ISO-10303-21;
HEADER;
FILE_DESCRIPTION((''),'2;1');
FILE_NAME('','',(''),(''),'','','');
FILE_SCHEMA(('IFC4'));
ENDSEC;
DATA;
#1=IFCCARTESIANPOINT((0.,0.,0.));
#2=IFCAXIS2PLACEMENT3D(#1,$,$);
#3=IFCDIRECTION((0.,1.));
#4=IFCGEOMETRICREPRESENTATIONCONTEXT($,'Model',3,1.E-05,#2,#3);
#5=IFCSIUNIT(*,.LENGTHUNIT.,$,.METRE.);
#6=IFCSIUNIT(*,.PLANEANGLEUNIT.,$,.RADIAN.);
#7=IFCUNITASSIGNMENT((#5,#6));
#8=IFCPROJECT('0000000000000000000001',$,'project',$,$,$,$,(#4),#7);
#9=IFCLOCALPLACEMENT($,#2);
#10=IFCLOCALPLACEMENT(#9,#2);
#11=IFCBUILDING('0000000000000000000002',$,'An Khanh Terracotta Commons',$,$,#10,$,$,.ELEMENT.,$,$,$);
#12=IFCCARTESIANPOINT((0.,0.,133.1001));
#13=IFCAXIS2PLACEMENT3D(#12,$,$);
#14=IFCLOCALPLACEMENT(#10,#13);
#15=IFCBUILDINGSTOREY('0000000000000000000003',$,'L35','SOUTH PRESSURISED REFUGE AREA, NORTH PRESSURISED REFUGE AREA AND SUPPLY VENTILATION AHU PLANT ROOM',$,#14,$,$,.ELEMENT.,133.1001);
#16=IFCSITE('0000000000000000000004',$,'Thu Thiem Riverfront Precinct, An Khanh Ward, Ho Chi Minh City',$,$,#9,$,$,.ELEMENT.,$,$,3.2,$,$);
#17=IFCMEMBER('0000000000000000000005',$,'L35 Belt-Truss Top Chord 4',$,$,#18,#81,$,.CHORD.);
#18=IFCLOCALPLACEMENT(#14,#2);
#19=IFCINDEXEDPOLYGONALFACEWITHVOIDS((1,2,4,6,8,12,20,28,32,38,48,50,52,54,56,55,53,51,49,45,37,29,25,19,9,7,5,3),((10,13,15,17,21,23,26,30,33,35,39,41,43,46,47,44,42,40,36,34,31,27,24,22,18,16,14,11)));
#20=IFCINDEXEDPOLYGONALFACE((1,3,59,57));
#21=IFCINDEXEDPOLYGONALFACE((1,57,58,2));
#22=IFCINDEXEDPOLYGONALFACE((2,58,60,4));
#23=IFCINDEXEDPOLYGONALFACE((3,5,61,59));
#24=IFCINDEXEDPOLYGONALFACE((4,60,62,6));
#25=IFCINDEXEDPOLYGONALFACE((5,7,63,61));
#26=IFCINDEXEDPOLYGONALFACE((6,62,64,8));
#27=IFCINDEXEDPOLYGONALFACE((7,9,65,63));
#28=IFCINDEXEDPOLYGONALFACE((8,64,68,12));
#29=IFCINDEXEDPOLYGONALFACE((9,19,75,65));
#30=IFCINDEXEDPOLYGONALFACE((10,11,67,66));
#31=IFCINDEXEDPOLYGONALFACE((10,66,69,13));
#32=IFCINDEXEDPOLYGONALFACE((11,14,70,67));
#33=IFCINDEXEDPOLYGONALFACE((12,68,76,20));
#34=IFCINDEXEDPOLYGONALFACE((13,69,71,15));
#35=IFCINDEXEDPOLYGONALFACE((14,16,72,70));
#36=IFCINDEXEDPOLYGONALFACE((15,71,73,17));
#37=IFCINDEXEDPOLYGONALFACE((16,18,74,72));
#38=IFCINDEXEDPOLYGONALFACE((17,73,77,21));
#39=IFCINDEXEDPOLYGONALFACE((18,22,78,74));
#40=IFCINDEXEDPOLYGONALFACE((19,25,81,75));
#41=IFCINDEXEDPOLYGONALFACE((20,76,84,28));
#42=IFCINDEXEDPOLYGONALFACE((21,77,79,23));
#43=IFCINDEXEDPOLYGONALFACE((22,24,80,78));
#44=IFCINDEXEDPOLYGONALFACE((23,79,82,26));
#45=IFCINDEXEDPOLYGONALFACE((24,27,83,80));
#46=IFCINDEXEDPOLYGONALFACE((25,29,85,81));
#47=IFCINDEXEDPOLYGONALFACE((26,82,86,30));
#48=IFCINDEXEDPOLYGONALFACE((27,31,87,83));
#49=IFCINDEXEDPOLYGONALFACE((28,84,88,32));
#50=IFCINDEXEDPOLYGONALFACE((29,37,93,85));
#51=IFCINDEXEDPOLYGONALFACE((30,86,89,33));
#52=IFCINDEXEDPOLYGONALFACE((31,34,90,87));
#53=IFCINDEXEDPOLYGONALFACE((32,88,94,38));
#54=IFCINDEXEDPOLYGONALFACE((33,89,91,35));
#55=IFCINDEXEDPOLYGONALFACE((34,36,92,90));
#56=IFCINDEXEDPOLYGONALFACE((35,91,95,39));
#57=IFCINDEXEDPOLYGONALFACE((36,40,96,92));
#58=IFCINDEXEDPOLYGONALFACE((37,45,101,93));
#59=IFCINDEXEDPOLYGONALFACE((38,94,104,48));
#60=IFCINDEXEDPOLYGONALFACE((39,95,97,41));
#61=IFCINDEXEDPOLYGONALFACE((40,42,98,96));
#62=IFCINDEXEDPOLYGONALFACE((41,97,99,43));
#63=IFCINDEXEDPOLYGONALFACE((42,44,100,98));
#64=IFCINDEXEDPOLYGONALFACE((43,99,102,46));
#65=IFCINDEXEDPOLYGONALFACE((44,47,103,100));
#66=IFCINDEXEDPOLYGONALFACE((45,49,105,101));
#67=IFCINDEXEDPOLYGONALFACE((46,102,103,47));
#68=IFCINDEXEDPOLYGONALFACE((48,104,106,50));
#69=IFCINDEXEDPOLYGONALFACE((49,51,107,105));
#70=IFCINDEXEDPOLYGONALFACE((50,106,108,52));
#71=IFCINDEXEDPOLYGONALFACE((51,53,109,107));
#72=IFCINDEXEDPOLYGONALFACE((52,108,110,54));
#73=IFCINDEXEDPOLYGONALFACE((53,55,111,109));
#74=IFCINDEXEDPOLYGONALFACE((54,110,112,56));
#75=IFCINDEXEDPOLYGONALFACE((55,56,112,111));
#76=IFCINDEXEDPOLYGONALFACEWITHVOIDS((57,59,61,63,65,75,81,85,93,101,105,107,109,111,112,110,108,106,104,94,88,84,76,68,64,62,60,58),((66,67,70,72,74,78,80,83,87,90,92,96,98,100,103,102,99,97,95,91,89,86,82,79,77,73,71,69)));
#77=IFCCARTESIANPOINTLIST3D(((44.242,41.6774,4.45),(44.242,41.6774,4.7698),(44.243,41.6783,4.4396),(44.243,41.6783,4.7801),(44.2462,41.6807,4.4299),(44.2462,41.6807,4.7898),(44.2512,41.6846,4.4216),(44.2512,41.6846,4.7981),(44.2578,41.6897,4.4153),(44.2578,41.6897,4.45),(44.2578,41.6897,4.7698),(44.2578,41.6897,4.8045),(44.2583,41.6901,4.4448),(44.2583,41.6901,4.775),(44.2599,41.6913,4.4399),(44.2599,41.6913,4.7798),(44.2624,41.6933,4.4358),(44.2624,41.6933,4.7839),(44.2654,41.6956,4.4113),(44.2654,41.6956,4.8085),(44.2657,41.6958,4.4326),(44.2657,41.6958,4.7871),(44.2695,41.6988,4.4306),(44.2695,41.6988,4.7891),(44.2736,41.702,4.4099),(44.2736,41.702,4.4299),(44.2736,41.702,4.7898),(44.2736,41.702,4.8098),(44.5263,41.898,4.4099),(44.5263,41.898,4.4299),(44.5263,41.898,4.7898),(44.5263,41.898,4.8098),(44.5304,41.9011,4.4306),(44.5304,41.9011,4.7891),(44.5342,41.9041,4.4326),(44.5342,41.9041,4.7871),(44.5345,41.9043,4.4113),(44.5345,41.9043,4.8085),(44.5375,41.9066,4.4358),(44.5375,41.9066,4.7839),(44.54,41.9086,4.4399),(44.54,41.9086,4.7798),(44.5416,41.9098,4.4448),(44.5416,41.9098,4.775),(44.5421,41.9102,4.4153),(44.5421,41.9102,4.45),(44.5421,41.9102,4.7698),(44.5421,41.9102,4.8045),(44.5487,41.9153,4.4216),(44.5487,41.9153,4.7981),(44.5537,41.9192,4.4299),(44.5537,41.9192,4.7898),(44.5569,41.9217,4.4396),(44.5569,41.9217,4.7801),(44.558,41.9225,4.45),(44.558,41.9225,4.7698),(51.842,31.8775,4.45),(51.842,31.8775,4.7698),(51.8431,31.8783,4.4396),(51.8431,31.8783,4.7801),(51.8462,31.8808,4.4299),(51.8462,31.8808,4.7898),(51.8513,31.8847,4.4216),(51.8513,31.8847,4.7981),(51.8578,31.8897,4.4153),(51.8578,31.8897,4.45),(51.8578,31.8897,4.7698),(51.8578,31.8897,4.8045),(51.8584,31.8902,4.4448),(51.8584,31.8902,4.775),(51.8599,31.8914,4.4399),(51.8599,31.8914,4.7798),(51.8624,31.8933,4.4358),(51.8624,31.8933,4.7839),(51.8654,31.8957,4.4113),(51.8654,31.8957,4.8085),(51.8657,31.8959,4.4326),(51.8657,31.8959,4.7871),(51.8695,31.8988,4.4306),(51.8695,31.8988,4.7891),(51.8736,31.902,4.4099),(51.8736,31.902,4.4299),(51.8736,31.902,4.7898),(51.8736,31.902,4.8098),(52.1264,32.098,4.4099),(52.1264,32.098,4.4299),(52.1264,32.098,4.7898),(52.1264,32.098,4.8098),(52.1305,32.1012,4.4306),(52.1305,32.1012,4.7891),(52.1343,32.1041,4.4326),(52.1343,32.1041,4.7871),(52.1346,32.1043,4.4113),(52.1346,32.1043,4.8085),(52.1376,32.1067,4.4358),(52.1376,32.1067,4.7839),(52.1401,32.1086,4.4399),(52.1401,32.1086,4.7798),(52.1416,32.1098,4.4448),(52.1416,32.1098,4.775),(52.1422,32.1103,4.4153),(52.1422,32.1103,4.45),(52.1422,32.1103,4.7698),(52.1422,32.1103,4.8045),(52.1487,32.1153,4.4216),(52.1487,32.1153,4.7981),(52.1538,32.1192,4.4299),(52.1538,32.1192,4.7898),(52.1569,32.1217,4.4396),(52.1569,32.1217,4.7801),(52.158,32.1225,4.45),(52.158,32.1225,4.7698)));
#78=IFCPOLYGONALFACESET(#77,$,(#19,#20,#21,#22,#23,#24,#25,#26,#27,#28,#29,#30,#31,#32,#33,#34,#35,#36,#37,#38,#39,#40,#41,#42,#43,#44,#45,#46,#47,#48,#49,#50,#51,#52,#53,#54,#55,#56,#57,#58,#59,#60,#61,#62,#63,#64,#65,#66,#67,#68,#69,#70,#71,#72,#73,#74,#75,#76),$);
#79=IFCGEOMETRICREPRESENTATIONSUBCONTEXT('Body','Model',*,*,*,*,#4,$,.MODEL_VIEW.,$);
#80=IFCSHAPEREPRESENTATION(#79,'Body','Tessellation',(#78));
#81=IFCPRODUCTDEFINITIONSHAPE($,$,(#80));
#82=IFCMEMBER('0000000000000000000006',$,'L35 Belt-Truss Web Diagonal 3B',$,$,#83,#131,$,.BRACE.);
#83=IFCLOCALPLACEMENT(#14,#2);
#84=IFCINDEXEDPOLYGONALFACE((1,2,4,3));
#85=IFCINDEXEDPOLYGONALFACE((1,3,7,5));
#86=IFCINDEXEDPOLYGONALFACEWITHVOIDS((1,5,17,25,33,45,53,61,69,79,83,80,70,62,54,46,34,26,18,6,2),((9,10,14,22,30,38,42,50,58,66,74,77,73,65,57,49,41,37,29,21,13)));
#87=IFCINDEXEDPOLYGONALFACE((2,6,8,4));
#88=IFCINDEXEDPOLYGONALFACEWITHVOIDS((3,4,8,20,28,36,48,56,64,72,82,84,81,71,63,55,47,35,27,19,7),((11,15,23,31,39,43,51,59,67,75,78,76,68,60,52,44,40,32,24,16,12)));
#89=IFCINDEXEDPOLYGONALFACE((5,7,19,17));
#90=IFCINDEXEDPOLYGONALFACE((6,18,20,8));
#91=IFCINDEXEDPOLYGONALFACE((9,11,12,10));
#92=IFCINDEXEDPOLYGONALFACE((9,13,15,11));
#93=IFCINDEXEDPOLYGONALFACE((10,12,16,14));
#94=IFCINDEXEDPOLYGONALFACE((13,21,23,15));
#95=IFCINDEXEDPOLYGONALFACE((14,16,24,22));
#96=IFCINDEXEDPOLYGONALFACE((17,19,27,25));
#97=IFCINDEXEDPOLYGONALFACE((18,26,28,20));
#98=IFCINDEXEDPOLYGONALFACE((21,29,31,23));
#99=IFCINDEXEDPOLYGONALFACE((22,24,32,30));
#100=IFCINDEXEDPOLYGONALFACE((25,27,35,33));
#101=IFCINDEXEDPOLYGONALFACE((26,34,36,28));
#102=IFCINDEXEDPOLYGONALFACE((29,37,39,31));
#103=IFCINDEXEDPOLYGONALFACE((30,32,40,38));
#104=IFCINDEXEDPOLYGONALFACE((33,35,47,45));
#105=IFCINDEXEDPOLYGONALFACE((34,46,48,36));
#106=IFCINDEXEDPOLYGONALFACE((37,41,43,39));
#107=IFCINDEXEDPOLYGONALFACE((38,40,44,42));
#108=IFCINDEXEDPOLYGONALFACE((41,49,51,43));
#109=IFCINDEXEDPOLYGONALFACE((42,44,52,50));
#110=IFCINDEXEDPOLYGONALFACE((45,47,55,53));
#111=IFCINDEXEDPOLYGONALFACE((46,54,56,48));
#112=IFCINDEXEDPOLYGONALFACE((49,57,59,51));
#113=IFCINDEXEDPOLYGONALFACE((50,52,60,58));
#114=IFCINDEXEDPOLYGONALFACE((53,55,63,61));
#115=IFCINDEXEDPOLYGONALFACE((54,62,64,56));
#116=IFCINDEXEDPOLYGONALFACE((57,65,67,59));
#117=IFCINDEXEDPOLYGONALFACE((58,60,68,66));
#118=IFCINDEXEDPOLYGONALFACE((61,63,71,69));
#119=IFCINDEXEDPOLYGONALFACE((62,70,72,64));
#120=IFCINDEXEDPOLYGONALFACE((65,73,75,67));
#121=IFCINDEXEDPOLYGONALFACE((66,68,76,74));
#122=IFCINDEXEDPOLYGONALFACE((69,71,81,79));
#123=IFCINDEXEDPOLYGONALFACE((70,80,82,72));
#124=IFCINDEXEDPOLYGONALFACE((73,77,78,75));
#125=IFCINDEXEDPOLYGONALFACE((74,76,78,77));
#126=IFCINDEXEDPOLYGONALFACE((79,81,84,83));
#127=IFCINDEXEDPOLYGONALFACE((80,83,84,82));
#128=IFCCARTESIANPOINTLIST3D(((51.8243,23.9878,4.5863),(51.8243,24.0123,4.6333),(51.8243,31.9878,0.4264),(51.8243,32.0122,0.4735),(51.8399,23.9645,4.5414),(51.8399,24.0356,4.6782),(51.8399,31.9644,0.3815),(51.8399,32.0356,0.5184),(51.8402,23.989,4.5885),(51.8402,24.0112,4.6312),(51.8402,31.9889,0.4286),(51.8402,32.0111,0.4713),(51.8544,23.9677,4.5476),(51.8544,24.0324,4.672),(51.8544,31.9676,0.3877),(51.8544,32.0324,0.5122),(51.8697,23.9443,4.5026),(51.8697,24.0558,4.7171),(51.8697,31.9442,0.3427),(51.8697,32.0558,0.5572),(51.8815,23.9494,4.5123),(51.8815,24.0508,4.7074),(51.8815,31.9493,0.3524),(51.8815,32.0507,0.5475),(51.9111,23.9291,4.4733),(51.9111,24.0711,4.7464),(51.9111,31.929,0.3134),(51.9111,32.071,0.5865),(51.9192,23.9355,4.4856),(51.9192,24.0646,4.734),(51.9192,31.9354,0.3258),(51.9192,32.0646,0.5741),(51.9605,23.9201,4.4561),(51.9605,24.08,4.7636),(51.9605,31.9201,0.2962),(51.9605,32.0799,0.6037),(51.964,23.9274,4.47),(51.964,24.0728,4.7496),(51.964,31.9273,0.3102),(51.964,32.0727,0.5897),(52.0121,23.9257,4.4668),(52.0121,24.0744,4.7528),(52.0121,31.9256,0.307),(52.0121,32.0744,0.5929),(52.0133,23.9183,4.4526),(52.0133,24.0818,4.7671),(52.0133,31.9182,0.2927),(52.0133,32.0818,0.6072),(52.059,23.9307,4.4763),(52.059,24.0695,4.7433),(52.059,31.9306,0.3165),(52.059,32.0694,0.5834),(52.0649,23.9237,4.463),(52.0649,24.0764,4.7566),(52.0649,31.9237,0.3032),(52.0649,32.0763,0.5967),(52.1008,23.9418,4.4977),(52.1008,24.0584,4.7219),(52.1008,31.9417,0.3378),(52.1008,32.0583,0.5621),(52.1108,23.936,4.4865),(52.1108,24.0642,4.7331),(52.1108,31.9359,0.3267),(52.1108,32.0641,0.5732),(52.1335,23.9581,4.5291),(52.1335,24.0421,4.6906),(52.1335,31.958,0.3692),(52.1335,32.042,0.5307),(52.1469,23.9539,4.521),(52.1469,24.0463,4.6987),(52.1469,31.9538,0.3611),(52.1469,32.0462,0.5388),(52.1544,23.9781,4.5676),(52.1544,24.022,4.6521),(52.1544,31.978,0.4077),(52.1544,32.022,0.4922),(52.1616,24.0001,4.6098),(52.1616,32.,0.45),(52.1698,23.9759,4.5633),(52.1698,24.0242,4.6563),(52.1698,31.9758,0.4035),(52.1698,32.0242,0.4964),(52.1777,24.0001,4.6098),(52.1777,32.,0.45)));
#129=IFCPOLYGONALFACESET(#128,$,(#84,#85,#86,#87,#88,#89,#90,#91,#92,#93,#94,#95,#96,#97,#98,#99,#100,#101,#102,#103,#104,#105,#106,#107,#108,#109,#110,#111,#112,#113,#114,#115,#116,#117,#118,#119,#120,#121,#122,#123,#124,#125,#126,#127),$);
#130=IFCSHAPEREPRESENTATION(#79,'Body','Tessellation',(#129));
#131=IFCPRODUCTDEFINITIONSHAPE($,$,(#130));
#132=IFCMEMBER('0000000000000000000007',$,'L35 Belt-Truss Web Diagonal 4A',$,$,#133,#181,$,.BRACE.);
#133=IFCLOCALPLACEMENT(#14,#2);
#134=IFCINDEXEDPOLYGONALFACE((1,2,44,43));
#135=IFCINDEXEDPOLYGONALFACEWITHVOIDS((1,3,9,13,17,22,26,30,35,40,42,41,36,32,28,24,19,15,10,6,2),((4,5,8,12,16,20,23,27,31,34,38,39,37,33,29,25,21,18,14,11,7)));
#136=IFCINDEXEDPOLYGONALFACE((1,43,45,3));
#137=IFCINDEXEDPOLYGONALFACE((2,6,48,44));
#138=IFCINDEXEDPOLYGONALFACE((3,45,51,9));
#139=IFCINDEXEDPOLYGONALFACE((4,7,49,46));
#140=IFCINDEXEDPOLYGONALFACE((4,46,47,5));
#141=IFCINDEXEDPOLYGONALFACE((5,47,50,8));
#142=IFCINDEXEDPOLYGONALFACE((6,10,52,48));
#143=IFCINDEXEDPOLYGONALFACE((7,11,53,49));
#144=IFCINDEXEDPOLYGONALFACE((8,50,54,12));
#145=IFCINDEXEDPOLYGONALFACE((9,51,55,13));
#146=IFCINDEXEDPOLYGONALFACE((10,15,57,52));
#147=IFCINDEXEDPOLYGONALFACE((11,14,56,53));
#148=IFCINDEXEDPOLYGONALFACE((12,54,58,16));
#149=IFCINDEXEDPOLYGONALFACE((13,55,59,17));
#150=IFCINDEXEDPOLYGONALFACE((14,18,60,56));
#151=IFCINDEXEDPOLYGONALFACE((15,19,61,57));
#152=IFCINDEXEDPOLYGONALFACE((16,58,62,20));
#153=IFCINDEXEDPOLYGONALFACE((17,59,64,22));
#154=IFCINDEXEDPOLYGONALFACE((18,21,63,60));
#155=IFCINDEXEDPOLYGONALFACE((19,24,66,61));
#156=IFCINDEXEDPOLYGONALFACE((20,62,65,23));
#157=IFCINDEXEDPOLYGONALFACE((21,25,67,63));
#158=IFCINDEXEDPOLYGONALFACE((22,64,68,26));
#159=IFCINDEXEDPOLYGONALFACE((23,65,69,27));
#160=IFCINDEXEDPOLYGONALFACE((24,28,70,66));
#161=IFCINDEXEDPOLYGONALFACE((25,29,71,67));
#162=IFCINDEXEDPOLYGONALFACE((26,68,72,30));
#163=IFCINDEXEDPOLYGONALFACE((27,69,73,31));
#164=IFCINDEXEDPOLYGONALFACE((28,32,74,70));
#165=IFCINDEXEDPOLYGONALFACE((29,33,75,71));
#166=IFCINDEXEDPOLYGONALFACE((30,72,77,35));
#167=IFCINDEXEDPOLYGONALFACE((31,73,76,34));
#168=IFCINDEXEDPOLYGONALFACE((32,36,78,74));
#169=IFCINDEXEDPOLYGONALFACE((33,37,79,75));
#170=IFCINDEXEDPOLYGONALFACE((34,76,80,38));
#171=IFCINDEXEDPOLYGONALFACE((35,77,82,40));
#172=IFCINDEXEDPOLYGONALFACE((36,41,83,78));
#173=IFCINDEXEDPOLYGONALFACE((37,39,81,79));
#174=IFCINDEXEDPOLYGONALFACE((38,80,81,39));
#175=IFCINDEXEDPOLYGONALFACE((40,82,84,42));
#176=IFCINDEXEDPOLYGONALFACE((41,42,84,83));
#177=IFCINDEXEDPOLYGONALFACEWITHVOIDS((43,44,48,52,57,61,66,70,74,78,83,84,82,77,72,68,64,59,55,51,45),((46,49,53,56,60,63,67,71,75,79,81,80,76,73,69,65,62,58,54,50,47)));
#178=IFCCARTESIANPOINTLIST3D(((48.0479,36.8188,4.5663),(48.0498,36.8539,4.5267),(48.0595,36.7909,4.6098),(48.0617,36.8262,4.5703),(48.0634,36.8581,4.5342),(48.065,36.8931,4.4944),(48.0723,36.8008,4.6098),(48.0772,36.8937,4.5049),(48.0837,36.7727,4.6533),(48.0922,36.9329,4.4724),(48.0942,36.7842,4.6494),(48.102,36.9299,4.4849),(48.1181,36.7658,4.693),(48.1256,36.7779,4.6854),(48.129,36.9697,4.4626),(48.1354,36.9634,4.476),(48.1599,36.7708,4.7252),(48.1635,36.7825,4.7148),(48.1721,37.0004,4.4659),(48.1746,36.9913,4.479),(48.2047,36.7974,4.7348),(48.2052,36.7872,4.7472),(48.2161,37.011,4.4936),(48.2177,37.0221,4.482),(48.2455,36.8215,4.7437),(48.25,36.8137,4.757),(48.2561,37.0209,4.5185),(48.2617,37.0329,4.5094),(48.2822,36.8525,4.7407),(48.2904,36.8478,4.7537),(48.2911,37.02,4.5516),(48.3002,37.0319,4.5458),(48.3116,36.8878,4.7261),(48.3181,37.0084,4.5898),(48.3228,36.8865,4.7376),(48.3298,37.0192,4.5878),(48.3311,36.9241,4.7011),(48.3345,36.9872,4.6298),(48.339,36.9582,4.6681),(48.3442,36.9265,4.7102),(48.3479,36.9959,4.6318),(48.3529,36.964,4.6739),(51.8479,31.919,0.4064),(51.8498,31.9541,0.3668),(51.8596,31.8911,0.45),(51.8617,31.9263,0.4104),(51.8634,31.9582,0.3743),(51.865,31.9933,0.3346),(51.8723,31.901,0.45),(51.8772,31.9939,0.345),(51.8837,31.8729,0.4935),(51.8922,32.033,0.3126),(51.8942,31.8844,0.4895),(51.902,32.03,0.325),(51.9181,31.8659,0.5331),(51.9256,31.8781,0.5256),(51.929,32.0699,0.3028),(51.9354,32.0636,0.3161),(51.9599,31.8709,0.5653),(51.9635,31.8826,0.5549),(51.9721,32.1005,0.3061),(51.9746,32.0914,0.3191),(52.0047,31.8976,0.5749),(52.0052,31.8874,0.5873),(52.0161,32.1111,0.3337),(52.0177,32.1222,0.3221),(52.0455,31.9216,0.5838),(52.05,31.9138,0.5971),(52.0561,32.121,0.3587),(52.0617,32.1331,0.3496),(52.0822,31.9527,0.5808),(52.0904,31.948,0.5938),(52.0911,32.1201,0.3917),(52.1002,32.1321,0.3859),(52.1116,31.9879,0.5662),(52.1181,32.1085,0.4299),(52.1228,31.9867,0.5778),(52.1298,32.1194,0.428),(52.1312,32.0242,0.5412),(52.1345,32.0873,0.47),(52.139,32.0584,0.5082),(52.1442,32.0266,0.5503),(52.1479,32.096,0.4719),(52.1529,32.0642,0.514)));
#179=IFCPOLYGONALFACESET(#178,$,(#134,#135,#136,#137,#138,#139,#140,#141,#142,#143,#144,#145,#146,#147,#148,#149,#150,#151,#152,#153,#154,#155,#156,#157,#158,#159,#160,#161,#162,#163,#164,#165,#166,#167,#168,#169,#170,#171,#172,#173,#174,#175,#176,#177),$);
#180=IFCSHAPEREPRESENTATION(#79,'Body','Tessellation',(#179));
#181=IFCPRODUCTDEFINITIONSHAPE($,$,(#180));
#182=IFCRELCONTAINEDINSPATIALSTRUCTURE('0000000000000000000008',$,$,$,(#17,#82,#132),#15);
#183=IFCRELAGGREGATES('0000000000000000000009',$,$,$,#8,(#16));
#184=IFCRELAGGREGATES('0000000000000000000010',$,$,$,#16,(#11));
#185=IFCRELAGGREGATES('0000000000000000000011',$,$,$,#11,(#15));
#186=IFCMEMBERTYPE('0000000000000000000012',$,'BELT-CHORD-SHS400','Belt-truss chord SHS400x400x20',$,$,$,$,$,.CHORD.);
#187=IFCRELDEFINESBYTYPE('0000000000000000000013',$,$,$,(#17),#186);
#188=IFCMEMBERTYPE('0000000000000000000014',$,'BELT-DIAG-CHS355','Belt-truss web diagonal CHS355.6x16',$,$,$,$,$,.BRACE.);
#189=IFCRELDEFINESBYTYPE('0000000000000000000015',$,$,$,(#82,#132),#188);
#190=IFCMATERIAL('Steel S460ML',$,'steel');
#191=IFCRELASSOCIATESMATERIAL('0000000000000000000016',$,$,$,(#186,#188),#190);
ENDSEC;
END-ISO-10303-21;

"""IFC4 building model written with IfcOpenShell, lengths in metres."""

from ifc_helpers import new_model, si_unit, direction, frame, origin, origin_2d, place, context, subcontext, project, spatial, hollow_rectangle, hollow_circle, extrude, material, material_profile, profile_set, type_object, element, save


model = new_model("IFC4")

# Units and contexts
model_context = context("Model", 3, precision=1e-05, world=origin(), true_north=direction((0.0, 1.0)))
body_context = subcontext(model_context, "Body", "Model", "MODEL_VIEW")
ifc_project = project(units=[si_unit("LENGTHUNIT", "METRE"), si_unit("PLANEANGLEUNIT", "RADIAN")], contexts=[model_context])

# Site, building, storey
site_placement = place(None, origin())
site = spatial("IfcSite", under=ifc_project, at=site_placement, Name="Thu Thiem Riverfront Precinct, An Khanh Ward, Ho Chi Minh City", CompositionType="ELEMENT", RefElevation=3.2)
building_placement = place(site_placement, origin())
building = spatial("IfcBuilding", under=site, at=building_placement, Name="An Khanh Terracotta Commons", CompositionType="ELEMENT")
storey_placement = place(building_placement, frame((0.0, 0.0, 133.1001)))
storey = spatial("IfcBuildingStorey", under=building, at=storey_placement, Name="L35", Description="SOUTH PRESSURISED REFUGE AREA, NORTH PRESSURISED REFUGE AREA AND SUPPLY VENTILATION AHU PLANT ROOM", CompositionType="ELEMENT", Elevation=133.1001)

# Shared definitions
ifc_material_1 = material(Name="Steel S460ML", Category="steel")

# Members
ifc_material_profile_1 = material_profile(ifc_material_1, hollow_rectangle(XDim=0.3999, YDim=0.3999, WallThickness=0.02, InnerFilletRadius=0.02, OuterFilletRadius=0.04, at=origin_2d()), Name="SHS400x400x20")
ifc_profile_set_1 = profile_set([ifc_material_profile_1], Name="Steel S460ML")
member_type_1 = type_object("IfcMemberType", Name="BELT-CHORD-SHS400", Description="Belt-truss chord SHS400x400x20", PredefinedType="CHORD", material=ifc_profile_set_1)
for number, where, z_axis, x_axis, name in (
    (1, (52.0, 32.0, 4.6099), (-0.612827, 0.790217, 0.0), (-0.790217, -0.612827, 0.0), "L35 Belt-Truss Top Chord 4"),
):
    element("IfcMember", number, at=place(storey_placement, frame(where, z_axis=z_axis, x_axis=x_axis)), inside=storey, type_object=member_type_1, Name=name, PredefinedType="CHORD", context=body_context, shape_type="SweptSolid", body=[
        extrude(hollow_rectangle(XDim=0.3999, YDim=0.3999, WallThickness=0.02, InnerFilletRadius=0.02, OuterFilletRadius=0.04, at=origin_2d()), origin(), (0.0, 0.0, 1.0), 12.4016),
    ])
ifc_material_profile_2 = material_profile(ifc_material_1, hollow_circle(Radius=0.1777, WallThickness=0.0161, at=origin_2d()), Name="CHS355.6x16")
ifc_profile_set_2 = profile_set([ifc_material_profile_2], Name="Steel S460ML")
member_type_2 = type_object("IfcMemberType", Name="BELT-DIAG-CHS355", Description="Belt-truss web diagonal CHS355.6x16", PredefinedType="BRACE", material=ifc_profile_set_2)
member_1_placement = place(storey_placement, frame((52.0, 32.0, 0.45), z_axis=(0.0, -0.887221, 0.461345), x_axis=(1.0, 0.0, 0.0)))
element("IfcMember", 2, at=member_1_placement, inside=storey, type_object=member_type_2, Name="L35 Belt-Truss Web Diagonal 3B", PredefinedType="BRACE", context=body_context, shape_type="SweptSolid", body=[
    extrude(hollow_circle(Radius=0.1777, WallThickness=0.0161, at=origin_2d()), origin(), (0.0, 0.0, 1.0), 9.0168),
])
member_2_placement = place(storey_placement, frame((52.0, 32.0, 0.45), z_axis=(-0.508921, 0.656218, 0.557115), x_axis=(-0.79021, -0.612836, 0.0)))
element("IfcMember", 3, at=member_2_placement, inside=storey, type_object=member_type_2, Name="L35 Belt-Truss Web Diagonal 4A", PredefinedType="BRACE", context=body_context, shape_type="SweptSolid", body=[
    extrude(hollow_circle(Radius=0.1777, WallThickness=0.0161, at=origin_2d()), origin(), (0.0, 0.0, 1.0), 7.4668),
])

save(model, "model.ifc")
